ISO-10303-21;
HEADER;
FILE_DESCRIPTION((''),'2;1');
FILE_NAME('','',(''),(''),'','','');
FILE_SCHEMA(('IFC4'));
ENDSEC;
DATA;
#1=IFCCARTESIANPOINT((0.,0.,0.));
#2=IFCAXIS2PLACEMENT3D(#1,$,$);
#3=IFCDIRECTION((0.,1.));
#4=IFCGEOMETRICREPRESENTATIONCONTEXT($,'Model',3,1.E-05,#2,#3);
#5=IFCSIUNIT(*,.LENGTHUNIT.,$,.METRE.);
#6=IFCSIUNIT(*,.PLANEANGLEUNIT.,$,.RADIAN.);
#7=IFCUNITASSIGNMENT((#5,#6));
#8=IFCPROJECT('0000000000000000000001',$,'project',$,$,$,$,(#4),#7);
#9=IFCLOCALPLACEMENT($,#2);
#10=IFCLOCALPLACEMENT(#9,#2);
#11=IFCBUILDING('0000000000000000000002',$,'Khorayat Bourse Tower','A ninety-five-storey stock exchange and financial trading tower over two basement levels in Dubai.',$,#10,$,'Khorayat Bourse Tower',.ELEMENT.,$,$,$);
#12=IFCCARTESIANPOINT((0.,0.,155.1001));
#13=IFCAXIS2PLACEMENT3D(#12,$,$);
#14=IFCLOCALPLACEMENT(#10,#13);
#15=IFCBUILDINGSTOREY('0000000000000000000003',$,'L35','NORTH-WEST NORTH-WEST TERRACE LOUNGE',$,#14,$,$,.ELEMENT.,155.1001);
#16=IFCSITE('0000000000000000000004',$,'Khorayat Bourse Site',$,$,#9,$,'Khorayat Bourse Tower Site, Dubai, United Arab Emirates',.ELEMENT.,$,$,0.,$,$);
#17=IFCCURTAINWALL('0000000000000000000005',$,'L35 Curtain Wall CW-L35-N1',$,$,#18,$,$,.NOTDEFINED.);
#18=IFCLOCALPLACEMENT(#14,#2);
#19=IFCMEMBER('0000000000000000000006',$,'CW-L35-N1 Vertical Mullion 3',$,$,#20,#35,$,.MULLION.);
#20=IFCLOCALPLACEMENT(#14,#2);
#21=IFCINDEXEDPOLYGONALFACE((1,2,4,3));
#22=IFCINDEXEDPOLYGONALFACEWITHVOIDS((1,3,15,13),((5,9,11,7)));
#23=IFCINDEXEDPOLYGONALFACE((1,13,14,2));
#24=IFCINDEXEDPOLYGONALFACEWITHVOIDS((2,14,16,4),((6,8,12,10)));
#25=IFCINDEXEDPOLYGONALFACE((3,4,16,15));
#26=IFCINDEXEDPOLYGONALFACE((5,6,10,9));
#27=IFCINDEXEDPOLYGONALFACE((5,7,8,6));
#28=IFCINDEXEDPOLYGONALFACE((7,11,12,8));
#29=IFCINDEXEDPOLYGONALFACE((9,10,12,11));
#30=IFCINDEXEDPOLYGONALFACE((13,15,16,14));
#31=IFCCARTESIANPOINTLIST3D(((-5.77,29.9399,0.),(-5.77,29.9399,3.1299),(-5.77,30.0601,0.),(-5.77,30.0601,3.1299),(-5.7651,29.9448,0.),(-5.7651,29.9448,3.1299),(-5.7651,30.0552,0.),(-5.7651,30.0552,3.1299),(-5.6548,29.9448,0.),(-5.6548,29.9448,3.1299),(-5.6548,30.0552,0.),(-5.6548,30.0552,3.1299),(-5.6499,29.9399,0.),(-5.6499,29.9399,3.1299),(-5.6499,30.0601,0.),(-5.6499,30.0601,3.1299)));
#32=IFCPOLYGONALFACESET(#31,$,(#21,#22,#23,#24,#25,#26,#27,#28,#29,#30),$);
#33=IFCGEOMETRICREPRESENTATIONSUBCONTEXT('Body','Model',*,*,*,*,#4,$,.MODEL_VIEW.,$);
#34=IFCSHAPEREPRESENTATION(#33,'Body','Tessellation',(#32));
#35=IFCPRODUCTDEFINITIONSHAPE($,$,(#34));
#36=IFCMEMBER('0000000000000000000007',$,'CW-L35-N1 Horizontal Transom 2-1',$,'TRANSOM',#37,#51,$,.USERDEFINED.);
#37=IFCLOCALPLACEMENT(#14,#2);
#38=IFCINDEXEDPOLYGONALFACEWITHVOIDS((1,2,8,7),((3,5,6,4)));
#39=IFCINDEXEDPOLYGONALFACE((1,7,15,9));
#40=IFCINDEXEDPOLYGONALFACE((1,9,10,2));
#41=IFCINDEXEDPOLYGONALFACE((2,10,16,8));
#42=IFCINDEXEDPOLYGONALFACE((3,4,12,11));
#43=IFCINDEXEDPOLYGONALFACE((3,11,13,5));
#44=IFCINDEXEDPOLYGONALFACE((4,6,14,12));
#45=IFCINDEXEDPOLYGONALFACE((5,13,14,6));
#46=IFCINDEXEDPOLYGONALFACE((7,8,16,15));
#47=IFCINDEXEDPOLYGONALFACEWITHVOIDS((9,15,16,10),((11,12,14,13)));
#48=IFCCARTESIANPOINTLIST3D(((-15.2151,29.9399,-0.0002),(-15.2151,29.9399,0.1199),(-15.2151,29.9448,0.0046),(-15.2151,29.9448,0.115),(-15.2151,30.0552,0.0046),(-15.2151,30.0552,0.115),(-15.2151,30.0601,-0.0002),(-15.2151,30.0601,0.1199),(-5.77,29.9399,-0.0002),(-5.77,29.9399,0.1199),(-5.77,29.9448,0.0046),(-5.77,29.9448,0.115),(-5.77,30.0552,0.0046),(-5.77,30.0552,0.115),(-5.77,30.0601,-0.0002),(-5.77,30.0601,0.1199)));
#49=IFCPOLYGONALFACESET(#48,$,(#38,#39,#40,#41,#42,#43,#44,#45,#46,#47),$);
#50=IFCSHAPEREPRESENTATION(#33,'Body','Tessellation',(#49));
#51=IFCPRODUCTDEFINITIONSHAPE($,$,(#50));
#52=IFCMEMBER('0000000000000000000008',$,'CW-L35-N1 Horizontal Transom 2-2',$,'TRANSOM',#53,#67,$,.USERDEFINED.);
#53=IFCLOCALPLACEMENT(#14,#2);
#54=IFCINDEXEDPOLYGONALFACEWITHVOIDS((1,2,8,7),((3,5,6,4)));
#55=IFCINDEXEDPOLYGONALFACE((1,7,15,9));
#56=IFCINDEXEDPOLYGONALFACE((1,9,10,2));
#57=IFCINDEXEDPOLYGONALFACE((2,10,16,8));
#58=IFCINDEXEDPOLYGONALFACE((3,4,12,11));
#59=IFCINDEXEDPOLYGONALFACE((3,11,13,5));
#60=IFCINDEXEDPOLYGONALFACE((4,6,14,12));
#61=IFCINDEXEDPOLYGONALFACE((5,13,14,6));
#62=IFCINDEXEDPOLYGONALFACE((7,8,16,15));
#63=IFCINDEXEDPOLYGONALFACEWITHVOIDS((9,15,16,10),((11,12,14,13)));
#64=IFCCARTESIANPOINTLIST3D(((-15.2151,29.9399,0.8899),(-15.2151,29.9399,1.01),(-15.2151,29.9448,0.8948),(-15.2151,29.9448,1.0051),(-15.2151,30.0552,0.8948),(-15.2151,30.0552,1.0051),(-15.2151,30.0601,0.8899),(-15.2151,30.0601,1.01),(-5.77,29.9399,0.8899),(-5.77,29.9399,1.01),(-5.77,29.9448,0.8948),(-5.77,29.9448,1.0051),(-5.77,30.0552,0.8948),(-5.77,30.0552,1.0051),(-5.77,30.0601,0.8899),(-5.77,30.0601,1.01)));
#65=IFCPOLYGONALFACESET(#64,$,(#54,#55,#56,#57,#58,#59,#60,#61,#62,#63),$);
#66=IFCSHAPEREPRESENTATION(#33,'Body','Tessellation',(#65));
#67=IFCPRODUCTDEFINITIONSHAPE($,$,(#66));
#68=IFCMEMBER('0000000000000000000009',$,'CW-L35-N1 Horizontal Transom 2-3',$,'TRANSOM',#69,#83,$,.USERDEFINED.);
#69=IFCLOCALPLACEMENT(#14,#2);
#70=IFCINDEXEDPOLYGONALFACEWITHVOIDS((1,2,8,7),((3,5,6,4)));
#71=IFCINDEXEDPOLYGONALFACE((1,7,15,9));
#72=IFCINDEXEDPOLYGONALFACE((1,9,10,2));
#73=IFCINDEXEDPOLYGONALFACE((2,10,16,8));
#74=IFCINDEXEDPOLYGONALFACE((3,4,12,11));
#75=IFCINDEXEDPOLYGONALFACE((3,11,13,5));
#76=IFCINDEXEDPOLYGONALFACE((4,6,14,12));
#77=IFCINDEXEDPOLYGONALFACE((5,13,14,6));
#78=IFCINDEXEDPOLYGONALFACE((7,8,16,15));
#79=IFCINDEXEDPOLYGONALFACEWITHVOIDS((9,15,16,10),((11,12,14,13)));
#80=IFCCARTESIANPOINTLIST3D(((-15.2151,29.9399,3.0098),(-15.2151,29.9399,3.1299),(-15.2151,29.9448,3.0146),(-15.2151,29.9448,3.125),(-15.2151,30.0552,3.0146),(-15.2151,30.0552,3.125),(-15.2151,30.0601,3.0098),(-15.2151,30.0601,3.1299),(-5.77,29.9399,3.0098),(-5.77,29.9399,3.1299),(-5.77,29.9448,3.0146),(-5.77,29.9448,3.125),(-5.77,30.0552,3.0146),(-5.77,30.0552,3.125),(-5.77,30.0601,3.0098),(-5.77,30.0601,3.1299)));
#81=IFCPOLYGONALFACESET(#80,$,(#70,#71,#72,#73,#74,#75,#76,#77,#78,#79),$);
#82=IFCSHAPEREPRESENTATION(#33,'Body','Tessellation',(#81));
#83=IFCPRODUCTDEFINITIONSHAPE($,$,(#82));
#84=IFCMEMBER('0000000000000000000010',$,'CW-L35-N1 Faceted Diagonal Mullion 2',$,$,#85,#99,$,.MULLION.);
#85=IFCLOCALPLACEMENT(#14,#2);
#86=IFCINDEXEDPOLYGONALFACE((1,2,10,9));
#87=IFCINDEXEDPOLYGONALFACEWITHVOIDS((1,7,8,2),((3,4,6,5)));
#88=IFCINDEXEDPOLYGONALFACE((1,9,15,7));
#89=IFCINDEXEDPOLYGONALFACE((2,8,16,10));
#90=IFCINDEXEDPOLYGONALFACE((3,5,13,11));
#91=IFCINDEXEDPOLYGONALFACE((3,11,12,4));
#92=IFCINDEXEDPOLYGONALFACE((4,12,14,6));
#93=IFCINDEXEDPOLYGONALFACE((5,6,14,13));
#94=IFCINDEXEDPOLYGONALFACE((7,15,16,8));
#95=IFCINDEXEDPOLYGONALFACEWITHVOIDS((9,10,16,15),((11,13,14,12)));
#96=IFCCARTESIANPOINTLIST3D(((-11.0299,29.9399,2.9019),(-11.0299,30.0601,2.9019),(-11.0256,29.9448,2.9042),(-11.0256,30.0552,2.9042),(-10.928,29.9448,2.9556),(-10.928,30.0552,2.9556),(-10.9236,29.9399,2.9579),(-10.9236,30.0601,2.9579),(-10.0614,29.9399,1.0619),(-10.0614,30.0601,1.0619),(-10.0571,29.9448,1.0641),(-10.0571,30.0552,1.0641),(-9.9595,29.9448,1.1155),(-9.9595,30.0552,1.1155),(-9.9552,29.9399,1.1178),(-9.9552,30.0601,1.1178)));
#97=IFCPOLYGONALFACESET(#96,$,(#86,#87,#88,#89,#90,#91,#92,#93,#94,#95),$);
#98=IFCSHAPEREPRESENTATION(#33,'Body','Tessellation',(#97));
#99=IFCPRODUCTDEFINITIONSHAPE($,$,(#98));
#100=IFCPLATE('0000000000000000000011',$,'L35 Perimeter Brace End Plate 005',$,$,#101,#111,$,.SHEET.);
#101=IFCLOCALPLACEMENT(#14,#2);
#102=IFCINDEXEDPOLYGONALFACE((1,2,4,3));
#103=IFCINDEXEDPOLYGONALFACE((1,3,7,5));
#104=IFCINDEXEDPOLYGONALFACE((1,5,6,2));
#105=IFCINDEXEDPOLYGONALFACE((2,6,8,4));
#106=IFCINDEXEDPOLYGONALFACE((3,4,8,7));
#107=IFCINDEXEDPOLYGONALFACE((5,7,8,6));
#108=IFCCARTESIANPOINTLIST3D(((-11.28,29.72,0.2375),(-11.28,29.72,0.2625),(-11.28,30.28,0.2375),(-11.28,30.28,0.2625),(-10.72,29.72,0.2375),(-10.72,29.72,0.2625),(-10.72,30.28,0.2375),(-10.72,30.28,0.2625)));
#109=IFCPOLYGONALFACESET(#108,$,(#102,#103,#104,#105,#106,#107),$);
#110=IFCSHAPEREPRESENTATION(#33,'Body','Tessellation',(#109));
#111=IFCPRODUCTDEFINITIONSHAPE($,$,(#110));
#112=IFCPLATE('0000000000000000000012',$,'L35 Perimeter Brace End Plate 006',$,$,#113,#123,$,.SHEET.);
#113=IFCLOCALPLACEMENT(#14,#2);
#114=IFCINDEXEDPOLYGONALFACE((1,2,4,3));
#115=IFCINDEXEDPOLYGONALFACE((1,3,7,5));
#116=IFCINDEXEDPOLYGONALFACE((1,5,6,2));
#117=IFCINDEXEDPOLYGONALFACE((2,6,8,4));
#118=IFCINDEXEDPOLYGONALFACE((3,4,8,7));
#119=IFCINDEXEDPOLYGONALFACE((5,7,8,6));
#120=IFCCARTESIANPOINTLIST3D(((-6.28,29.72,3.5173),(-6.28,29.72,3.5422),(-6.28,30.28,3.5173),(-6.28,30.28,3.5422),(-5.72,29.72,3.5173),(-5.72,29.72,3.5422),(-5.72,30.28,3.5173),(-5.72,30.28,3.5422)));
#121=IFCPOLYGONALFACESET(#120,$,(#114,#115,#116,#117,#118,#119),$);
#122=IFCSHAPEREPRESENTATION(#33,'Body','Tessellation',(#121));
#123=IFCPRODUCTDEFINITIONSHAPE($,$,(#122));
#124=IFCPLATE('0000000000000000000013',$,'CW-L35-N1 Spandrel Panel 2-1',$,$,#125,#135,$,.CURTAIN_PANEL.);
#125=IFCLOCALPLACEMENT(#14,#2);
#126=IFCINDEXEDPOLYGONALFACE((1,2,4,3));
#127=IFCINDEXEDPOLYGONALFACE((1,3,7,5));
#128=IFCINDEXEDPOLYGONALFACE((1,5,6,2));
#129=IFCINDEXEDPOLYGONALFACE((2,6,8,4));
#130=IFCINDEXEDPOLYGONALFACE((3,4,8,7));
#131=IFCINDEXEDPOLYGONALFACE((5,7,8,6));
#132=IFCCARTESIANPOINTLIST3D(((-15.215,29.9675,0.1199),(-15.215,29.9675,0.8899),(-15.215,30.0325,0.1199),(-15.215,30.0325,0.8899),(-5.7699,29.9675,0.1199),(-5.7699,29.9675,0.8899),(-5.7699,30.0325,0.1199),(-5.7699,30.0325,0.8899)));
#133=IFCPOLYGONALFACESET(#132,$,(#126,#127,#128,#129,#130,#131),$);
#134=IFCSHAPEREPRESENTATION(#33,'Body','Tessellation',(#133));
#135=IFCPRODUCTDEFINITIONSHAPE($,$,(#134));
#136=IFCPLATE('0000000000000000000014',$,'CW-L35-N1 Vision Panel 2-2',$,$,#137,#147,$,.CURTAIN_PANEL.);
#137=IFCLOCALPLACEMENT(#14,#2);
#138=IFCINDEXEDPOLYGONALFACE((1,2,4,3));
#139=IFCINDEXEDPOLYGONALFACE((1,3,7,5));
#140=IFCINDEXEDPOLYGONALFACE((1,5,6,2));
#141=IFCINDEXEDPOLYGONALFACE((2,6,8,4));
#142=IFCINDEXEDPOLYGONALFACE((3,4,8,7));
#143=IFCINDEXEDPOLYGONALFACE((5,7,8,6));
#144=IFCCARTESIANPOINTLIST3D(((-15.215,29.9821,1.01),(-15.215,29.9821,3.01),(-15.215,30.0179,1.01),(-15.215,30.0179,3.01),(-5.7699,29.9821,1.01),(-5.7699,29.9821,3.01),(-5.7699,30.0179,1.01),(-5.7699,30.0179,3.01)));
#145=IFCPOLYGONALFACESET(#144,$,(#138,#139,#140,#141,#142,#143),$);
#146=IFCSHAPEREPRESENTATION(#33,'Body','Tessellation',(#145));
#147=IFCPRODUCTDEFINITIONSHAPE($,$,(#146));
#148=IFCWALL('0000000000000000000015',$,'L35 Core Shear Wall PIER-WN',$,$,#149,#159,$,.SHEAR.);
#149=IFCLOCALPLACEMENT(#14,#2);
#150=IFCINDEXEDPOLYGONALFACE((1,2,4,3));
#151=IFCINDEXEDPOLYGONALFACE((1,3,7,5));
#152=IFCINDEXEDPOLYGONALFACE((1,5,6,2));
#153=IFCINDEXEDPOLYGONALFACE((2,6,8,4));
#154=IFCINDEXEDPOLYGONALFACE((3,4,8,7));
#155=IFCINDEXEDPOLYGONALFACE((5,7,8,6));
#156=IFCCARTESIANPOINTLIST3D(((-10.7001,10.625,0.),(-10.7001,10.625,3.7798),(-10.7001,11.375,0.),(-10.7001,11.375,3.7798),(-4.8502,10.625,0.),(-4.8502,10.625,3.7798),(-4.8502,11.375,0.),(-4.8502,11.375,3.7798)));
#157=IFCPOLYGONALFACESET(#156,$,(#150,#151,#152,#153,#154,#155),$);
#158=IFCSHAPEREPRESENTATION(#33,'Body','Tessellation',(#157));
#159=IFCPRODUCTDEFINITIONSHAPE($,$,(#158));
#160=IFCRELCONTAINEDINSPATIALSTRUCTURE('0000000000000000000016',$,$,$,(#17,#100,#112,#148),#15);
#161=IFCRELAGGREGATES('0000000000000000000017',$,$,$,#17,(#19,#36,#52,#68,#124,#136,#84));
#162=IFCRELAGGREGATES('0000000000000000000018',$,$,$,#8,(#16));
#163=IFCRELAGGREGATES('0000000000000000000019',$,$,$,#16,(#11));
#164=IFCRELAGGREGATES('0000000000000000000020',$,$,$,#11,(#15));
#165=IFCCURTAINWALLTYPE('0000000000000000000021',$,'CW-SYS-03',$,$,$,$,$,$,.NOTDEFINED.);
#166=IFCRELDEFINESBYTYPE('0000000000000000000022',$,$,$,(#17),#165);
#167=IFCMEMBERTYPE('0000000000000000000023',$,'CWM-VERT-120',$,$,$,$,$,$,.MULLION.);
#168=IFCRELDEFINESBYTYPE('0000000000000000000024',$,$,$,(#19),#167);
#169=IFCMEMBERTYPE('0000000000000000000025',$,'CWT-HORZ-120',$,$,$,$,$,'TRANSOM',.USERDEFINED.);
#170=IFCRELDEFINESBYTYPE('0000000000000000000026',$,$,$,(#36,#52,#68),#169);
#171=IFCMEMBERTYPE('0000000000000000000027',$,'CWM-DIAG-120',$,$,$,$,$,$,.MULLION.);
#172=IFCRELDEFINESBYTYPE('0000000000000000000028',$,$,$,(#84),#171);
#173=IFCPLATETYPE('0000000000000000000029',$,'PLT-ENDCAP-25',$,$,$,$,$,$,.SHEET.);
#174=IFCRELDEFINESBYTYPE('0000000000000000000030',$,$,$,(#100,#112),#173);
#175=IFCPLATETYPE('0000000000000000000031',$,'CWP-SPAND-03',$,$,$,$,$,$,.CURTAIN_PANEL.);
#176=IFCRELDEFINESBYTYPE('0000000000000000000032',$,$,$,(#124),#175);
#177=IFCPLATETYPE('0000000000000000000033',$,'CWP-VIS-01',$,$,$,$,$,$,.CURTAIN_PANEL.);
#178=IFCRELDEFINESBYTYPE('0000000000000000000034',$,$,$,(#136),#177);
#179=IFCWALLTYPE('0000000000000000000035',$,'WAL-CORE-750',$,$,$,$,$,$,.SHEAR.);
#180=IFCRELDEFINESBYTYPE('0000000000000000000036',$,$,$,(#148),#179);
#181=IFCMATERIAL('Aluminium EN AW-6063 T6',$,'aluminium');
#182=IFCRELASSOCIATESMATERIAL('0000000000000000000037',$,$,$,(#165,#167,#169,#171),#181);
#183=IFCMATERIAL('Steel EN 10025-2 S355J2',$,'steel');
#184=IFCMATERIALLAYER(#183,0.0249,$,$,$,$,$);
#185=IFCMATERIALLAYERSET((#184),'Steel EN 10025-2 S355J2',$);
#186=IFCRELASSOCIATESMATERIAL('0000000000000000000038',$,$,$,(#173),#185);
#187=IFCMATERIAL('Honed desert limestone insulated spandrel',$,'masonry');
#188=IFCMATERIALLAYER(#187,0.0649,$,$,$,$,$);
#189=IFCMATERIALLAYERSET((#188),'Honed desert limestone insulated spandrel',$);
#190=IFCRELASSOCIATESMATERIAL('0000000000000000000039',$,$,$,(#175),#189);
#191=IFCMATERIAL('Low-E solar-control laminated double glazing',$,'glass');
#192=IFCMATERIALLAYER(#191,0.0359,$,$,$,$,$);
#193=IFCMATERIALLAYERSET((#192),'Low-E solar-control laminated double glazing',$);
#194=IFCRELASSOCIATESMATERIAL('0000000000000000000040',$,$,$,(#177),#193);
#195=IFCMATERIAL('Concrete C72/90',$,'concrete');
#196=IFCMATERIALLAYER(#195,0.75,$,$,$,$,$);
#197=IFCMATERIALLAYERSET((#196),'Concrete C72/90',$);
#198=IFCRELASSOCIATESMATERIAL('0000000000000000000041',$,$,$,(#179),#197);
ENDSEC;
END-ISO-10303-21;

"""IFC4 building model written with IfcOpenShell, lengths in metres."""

from ifc_helpers import new_model, si_unit, direction, frame, frame_2d, origin, origin_2d, place, context, subcontext, project, spatial, rectangle, hollow_rectangle, extrude, source, transform, mapped, material, layer, layer_set, material_profile, profile_set, type_object, element, aggregate, save


model = new_model("IFC4")

# Units and contexts
model_context = context("Model", 3, precision=1e-05, world=origin(), true_north=direction((0.0, 1.0)))
body_context = subcontext(model_context, "Body", "Model", "MODEL_VIEW")
ifc_project = project(units=[si_unit("LENGTHUNIT", "METRE"), si_unit("PLANEANGLEUNIT", "RADIAN")], contexts=[model_context])

# Site, building, storey
site_placement = place(None, origin())
site = spatial("IfcSite", under=ifc_project, at=site_placement, Name="Khorayat Bourse Site", LongName="Khorayat Bourse Tower Site, Dubai, United Arab Emirates", CompositionType="ELEMENT", RefElevation=0.0)
building_placement = place(site_placement, origin())
building = spatial("IfcBuilding", under=site, at=building_placement, Name="Khorayat Bourse Tower", Description="A ninety-five-storey stock exchange and financial trading tower over two basement levels in Dubai.", LongName="Khorayat Bourse Tower", CompositionType="ELEMENT")
storey_placement = place(building_placement, frame((0.0, 0.0, 155.1001)))
storey = spatial("IfcBuildingStorey", under=building, at=storey_placement, Name="L35", Description="NORTH-WEST NORTH-WEST TERRACE LOUNGE", CompositionType="ELEMENT", Elevation=155.1001)

# Shared definitions
ifc_material_1 = material(Name="Concrete C72/90", Category="concrete")

# Curtain wall, members
ifc_material_2 = material(Name="Aluminium EN AW-6063 T6", Category="aluminium")
curtain_wall_type = type_object("IfcCurtainWallType", Name="CW-SYS-03", PredefinedType="NOTDEFINED", material=ifc_material_2)
curtain_wall_placement = place(storey_placement, origin())
curtain_wall = element("IfcCurtainWall", 1, at=curtain_wall_placement, inside=storey, type_object=curtain_wall_type, Name="L35 Curtain Wall CW-L35-N1", PredefinedType="NOTDEFINED")
ifc_material_profile_1 = material_profile(ifc_material_2, hollow_rectangle(XDim=0.1201, YDim=0.1201, WallThickness=0.0049, at=origin_2d()), Name="ALU 120x120x5")
ifc_profile_set_1 = profile_set([ifc_material_profile_1], Name="Aluminium EN AW-6063 T6")
member_type_1 = type_object("IfcMemberType", Name="CWM-VERT-120", PredefinedType="MULLION", material=ifc_profile_set_1)
shared_shape_1 = source(origin(), body_context, "Body", "SweptSolid", [
    extrude(hollow_rectangle(XDim=0.1201, YDim=0.1201, WallThickness=0.0049, at=origin_2d()), origin(), (0.0, 0.0, 1.0), 3.1299),
])
member_1_placement = place(storey_placement, frame((-5.71, 30.0, 0.0), z_axis=(0.0, 0.0, 1.0), x_axis=(0.0, 1.0, 0.0)))
member_1 = element("IfcMember", 2, at=member_1_placement, type_object=member_type_1, Name="CW-L35-N1 Vertical Mullion 3", PredefinedType="MULLION", context=body_context, shape_type="MappedRepresentation", body=[
    mapped(shared_shape_1, transform((0.0, 0.0, 0.0), scale=1.0)),
])
ifc_material_profile_2 = material_profile(ifc_material_2, hollow_rectangle(XDim=0.1201, YDim=0.1201, WallThickness=0.0049, at=origin_2d()), Name="ALU 120x120x5")
ifc_profile_set_2 = profile_set([ifc_material_profile_2], Name="Aluminium EN AW-6063 T6")
member_type_2 = type_object("IfcMemberType", Name="CWT-HORZ-120", ElementType="TRANSOM", PredefinedType="USERDEFINED", material=ifc_profile_set_2)
shared_shape_2 = source(origin(), body_context, "Body", "SweptSolid", [
    extrude(hollow_rectangle(XDim=0.1201, YDim=0.1201, WallThickness=0.0049, at=origin_2d()), origin(), (0.0, 0.0, 1.0), 9.4451),
])
member_2_placement = place(storey_placement, frame((-15.2151, 30.0, 0.0598), z_axis=(1.0, 0.0, 0.0), x_axis=(0.0, 1.0, 0.0)))
member_2 = element("IfcMember", 3, at=member_2_placement, type_object=member_type_2, Name="CW-L35-N1 Horizontal Transom 2-1", ObjectType="TRANSOM", PredefinedType="USERDEFINED", context=body_context, shape_type="MappedRepresentation", body=[
    mapped(shared_shape_2, transform((0.0, 0.0, 0.0), scale=1.0)),
])
member_3_placement = place(storey_placement, frame((-15.2151, 30.0, 0.95), z_axis=(1.0, 0.0, 0.0), x_axis=(0.0, 1.0, 0.0)))
member_3 = element("IfcMember", 4, at=member_3_placement, type_object=member_type_2, Name="CW-L35-N1 Horizontal Transom 2-2", ObjectType="TRANSOM", PredefinedType="USERDEFINED", context=body_context, shape_type="MappedRepresentation", body=[
    mapped(shared_shape_2, transform((0.0, 0.0, 0.0), scale=1.0)),
])
member_4_placement = place(storey_placement, frame((-15.2151, 30.0, 3.0698), z_axis=(1.0, 0.0, 0.0), x_axis=(0.0, 1.0, 0.0)))
member_4 = element("IfcMember", 5, at=member_4_placement, type_object=member_type_2, Name="CW-L35-N1 Horizontal Transom 2-3", ObjectType="TRANSOM", PredefinedType="USERDEFINED", context=body_context, shape_type="MappedRepresentation", body=[
    mapped(shared_shape_2, transform((0.0, 0.0, 0.0), scale=1.0)),
])
ifc_material_profile_3 = material_profile(ifc_material_2, hollow_rectangle(XDim=0.1201, YDim=0.1201, WallThickness=0.0049, at=origin_2d()), Name="ALU 120x120x5")
ifc_profile_set_3 = profile_set([ifc_material_profile_3], Name="Aluminium EN AW-6063 T6")
member_type_3 = type_object("IfcMemberType", Name="CWM-DIAG-120", PredefinedType="MULLION", material=ifc_profile_set_3)
shared_shape_3 = source(origin(), body_context, "Body", "SweptSolid", [
    extrude(hollow_rectangle(XDim=0.1201, YDim=0.1201, WallThickness=0.0049, at=origin_2d()), origin(), (0.0, 0.0, 1.0), 2.0793),
])
member_5_placement = place(storey_placement, frame((-10.0083, 30.0, 1.0898), z_axis=(-0.465761, 0.0, 0.884911), x_axis=(0.0, -1.0, 0.0)))
member_5 = element("IfcMember", 6, at=member_5_placement, type_object=member_type_3, Name="CW-L35-N1 Faceted Diagonal Mullion 2", PredefinedType="MULLION", context=body_context, shape_type="MappedRepresentation", body=[
    mapped(shared_shape_3, transform((0.0, 0.0, 0.0), scale=1.0)),
])

# Plates
ifc_material_3 = material(Name="Steel EN 10025-2 S355J2", Category="steel")
ifc_layer_1 = layer(ifc_material_3, 0.0249)
ifc_layer_set_1 = layer_set([ifc_layer_1], Name="Steel EN 10025-2 S355J2")
plate_type_1 = type_object("IfcPlateType", Name="PLT-ENDCAP-25", PredefinedType="SHEET", material=ifc_layer_set_1)
shared_shape_4 = source(origin(), body_context, "Body", "SweptSolid", [
    extrude(rectangle(XDim=0.5601, YDim=0.5601, at=origin_2d()), origin(), (0.0, 0.0, 1.0), 0.0249),
])
for number, where, z_axis, x_axis, name in (
    (7, (-11.0, 30.0, 0.2375), (0.0, 0.0, 1.0), (1.0, 0.0, 0.0), "L35 Perimeter Brace End Plate 005"),
    (8, (-6.0, 30.0, 3.5173), (0.0, 0.0, 1.0), (1.0, 0.0, 0.0), "L35 Perimeter Brace End Plate 006"),
):
    element("IfcPlate", number, at=place(storey_placement, frame(where, z_axis=z_axis, x_axis=x_axis)), inside=storey, type_object=plate_type_1, Name=name, PredefinedType="SHEET", context=body_context, shape_type="MappedRepresentation", body=[
        mapped(shared_shape_4, transform((0.0, 0.0, 0.0), scale=1.0)),
    ])

# Plates
ifc_material_4 = material(Name="Honed desert limestone insulated spandrel", Category="masonry")
ifc_layer_2 = layer(ifc_material_4, 0.0649)
ifc_layer_set_2 = layer_set([ifc_layer_2], Name="Honed desert limestone insulated spandrel")
plate_type_2 = type_object("IfcPlateType", Name="CWP-SPAND-03", PredefinedType="CURTAIN_PANEL", material=ifc_layer_set_2)
shared_shape_5 = source(origin(), body_context, "Body", "SweptSolid", [
    extrude(rectangle(XDim=9.4451, YDim=0.0649, at=origin_2d()), origin(), (0.0, 0.0, 1.0), 0.77),
])
plate_1_placement = place(storey_placement, frame((-10.4924, 30.0, 0.1199), z_axis=(0.0, 0.0, 1.0), x_axis=(1.0, 0.0, 0.0)))
plate_1 = element("IfcPlate", 9, at=plate_1_placement, type_object=plate_type_2, Name="CW-L35-N1 Spandrel Panel 2-1", PredefinedType="CURTAIN_PANEL", context=body_context, shape_type="MappedRepresentation", body=[
    mapped(shared_shape_5, transform((0.0, 0.0, 0.0), scale=1.0)),
])
ifc_material_5 = material(Name="Low-E solar-control laminated double glazing", Category="glass")
ifc_layer_3 = layer(ifc_material_5, 0.0359)
ifc_layer_set_3 = layer_set([ifc_layer_3], Name="Low-E solar-control laminated double glazing")
plate_type_3 = type_object("IfcPlateType", Name="CWP-VIS-01", PredefinedType="CURTAIN_PANEL", material=ifc_layer_set_3)
shared_shape_6 = source(origin(), body_context, "Body", "SweptSolid", [
    extrude(rectangle(XDim=9.4451, YDim=0.0359, at=origin_2d()), origin(), (0.0, 0.0, 1.0), 2.0),
])
plate_2_placement = place(storey_placement, frame((-10.4924, 30.0, 1.01), z_axis=(0.0, 0.0, 1.0), x_axis=(1.0, 0.0, 0.0)))
plate_2 = element("IfcPlate", 10, at=plate_2_placement, type_object=plate_type_3, Name="CW-L35-N1 Vision Panel 2-2", PredefinedType="CURTAIN_PANEL", context=body_context, shape_type="MappedRepresentation", body=[
    mapped(shared_shape_6, transform((0.0, 0.0, 0.0), scale=1.0)),
])
aggregate(curtain_wall, [member_1, member_2, member_3, member_4, plate_1, plate_2, member_5])

# Wall
ifc_layer_4 = layer(ifc_material_1, 0.75)
ifc_layer_set_4 = layer_set([ifc_layer_4], Name="Concrete C72/90")
wall_type_1 = type_object("IfcWallType", Name="WAL-CORE-750", PredefinedType="SHEAR", material=ifc_layer_set_4)
shared_shape_7 = source(origin(), body_context, "Body", "SweptSolid", [
    extrude(rectangle(XDim=5.8499, YDim=0.75, at=frame_2d((2.9248, 0.0))), origin(), (0.0, 0.0, 1.0), 3.7798),
])
wall_1_placement = place(storey_placement, frame((-10.7, 11.0, 0.0), z_axis=(0.0, 0.0, 1.0), x_axis=(1.0, 0.0, 0.0)))
element("IfcWall", 11, at=wall_1_placement, inside=storey, type_object=wall_type_1, Name="L35 Core Shear Wall PIER-WN", PredefinedType="SHEAR", context=body_context, shape_type="MappedRepresentation", body=[
    mapped(shared_shape_7, transform((0.0, 0.0, 0.0), scale=1.0)),
])

save(model, "model.ifc")
